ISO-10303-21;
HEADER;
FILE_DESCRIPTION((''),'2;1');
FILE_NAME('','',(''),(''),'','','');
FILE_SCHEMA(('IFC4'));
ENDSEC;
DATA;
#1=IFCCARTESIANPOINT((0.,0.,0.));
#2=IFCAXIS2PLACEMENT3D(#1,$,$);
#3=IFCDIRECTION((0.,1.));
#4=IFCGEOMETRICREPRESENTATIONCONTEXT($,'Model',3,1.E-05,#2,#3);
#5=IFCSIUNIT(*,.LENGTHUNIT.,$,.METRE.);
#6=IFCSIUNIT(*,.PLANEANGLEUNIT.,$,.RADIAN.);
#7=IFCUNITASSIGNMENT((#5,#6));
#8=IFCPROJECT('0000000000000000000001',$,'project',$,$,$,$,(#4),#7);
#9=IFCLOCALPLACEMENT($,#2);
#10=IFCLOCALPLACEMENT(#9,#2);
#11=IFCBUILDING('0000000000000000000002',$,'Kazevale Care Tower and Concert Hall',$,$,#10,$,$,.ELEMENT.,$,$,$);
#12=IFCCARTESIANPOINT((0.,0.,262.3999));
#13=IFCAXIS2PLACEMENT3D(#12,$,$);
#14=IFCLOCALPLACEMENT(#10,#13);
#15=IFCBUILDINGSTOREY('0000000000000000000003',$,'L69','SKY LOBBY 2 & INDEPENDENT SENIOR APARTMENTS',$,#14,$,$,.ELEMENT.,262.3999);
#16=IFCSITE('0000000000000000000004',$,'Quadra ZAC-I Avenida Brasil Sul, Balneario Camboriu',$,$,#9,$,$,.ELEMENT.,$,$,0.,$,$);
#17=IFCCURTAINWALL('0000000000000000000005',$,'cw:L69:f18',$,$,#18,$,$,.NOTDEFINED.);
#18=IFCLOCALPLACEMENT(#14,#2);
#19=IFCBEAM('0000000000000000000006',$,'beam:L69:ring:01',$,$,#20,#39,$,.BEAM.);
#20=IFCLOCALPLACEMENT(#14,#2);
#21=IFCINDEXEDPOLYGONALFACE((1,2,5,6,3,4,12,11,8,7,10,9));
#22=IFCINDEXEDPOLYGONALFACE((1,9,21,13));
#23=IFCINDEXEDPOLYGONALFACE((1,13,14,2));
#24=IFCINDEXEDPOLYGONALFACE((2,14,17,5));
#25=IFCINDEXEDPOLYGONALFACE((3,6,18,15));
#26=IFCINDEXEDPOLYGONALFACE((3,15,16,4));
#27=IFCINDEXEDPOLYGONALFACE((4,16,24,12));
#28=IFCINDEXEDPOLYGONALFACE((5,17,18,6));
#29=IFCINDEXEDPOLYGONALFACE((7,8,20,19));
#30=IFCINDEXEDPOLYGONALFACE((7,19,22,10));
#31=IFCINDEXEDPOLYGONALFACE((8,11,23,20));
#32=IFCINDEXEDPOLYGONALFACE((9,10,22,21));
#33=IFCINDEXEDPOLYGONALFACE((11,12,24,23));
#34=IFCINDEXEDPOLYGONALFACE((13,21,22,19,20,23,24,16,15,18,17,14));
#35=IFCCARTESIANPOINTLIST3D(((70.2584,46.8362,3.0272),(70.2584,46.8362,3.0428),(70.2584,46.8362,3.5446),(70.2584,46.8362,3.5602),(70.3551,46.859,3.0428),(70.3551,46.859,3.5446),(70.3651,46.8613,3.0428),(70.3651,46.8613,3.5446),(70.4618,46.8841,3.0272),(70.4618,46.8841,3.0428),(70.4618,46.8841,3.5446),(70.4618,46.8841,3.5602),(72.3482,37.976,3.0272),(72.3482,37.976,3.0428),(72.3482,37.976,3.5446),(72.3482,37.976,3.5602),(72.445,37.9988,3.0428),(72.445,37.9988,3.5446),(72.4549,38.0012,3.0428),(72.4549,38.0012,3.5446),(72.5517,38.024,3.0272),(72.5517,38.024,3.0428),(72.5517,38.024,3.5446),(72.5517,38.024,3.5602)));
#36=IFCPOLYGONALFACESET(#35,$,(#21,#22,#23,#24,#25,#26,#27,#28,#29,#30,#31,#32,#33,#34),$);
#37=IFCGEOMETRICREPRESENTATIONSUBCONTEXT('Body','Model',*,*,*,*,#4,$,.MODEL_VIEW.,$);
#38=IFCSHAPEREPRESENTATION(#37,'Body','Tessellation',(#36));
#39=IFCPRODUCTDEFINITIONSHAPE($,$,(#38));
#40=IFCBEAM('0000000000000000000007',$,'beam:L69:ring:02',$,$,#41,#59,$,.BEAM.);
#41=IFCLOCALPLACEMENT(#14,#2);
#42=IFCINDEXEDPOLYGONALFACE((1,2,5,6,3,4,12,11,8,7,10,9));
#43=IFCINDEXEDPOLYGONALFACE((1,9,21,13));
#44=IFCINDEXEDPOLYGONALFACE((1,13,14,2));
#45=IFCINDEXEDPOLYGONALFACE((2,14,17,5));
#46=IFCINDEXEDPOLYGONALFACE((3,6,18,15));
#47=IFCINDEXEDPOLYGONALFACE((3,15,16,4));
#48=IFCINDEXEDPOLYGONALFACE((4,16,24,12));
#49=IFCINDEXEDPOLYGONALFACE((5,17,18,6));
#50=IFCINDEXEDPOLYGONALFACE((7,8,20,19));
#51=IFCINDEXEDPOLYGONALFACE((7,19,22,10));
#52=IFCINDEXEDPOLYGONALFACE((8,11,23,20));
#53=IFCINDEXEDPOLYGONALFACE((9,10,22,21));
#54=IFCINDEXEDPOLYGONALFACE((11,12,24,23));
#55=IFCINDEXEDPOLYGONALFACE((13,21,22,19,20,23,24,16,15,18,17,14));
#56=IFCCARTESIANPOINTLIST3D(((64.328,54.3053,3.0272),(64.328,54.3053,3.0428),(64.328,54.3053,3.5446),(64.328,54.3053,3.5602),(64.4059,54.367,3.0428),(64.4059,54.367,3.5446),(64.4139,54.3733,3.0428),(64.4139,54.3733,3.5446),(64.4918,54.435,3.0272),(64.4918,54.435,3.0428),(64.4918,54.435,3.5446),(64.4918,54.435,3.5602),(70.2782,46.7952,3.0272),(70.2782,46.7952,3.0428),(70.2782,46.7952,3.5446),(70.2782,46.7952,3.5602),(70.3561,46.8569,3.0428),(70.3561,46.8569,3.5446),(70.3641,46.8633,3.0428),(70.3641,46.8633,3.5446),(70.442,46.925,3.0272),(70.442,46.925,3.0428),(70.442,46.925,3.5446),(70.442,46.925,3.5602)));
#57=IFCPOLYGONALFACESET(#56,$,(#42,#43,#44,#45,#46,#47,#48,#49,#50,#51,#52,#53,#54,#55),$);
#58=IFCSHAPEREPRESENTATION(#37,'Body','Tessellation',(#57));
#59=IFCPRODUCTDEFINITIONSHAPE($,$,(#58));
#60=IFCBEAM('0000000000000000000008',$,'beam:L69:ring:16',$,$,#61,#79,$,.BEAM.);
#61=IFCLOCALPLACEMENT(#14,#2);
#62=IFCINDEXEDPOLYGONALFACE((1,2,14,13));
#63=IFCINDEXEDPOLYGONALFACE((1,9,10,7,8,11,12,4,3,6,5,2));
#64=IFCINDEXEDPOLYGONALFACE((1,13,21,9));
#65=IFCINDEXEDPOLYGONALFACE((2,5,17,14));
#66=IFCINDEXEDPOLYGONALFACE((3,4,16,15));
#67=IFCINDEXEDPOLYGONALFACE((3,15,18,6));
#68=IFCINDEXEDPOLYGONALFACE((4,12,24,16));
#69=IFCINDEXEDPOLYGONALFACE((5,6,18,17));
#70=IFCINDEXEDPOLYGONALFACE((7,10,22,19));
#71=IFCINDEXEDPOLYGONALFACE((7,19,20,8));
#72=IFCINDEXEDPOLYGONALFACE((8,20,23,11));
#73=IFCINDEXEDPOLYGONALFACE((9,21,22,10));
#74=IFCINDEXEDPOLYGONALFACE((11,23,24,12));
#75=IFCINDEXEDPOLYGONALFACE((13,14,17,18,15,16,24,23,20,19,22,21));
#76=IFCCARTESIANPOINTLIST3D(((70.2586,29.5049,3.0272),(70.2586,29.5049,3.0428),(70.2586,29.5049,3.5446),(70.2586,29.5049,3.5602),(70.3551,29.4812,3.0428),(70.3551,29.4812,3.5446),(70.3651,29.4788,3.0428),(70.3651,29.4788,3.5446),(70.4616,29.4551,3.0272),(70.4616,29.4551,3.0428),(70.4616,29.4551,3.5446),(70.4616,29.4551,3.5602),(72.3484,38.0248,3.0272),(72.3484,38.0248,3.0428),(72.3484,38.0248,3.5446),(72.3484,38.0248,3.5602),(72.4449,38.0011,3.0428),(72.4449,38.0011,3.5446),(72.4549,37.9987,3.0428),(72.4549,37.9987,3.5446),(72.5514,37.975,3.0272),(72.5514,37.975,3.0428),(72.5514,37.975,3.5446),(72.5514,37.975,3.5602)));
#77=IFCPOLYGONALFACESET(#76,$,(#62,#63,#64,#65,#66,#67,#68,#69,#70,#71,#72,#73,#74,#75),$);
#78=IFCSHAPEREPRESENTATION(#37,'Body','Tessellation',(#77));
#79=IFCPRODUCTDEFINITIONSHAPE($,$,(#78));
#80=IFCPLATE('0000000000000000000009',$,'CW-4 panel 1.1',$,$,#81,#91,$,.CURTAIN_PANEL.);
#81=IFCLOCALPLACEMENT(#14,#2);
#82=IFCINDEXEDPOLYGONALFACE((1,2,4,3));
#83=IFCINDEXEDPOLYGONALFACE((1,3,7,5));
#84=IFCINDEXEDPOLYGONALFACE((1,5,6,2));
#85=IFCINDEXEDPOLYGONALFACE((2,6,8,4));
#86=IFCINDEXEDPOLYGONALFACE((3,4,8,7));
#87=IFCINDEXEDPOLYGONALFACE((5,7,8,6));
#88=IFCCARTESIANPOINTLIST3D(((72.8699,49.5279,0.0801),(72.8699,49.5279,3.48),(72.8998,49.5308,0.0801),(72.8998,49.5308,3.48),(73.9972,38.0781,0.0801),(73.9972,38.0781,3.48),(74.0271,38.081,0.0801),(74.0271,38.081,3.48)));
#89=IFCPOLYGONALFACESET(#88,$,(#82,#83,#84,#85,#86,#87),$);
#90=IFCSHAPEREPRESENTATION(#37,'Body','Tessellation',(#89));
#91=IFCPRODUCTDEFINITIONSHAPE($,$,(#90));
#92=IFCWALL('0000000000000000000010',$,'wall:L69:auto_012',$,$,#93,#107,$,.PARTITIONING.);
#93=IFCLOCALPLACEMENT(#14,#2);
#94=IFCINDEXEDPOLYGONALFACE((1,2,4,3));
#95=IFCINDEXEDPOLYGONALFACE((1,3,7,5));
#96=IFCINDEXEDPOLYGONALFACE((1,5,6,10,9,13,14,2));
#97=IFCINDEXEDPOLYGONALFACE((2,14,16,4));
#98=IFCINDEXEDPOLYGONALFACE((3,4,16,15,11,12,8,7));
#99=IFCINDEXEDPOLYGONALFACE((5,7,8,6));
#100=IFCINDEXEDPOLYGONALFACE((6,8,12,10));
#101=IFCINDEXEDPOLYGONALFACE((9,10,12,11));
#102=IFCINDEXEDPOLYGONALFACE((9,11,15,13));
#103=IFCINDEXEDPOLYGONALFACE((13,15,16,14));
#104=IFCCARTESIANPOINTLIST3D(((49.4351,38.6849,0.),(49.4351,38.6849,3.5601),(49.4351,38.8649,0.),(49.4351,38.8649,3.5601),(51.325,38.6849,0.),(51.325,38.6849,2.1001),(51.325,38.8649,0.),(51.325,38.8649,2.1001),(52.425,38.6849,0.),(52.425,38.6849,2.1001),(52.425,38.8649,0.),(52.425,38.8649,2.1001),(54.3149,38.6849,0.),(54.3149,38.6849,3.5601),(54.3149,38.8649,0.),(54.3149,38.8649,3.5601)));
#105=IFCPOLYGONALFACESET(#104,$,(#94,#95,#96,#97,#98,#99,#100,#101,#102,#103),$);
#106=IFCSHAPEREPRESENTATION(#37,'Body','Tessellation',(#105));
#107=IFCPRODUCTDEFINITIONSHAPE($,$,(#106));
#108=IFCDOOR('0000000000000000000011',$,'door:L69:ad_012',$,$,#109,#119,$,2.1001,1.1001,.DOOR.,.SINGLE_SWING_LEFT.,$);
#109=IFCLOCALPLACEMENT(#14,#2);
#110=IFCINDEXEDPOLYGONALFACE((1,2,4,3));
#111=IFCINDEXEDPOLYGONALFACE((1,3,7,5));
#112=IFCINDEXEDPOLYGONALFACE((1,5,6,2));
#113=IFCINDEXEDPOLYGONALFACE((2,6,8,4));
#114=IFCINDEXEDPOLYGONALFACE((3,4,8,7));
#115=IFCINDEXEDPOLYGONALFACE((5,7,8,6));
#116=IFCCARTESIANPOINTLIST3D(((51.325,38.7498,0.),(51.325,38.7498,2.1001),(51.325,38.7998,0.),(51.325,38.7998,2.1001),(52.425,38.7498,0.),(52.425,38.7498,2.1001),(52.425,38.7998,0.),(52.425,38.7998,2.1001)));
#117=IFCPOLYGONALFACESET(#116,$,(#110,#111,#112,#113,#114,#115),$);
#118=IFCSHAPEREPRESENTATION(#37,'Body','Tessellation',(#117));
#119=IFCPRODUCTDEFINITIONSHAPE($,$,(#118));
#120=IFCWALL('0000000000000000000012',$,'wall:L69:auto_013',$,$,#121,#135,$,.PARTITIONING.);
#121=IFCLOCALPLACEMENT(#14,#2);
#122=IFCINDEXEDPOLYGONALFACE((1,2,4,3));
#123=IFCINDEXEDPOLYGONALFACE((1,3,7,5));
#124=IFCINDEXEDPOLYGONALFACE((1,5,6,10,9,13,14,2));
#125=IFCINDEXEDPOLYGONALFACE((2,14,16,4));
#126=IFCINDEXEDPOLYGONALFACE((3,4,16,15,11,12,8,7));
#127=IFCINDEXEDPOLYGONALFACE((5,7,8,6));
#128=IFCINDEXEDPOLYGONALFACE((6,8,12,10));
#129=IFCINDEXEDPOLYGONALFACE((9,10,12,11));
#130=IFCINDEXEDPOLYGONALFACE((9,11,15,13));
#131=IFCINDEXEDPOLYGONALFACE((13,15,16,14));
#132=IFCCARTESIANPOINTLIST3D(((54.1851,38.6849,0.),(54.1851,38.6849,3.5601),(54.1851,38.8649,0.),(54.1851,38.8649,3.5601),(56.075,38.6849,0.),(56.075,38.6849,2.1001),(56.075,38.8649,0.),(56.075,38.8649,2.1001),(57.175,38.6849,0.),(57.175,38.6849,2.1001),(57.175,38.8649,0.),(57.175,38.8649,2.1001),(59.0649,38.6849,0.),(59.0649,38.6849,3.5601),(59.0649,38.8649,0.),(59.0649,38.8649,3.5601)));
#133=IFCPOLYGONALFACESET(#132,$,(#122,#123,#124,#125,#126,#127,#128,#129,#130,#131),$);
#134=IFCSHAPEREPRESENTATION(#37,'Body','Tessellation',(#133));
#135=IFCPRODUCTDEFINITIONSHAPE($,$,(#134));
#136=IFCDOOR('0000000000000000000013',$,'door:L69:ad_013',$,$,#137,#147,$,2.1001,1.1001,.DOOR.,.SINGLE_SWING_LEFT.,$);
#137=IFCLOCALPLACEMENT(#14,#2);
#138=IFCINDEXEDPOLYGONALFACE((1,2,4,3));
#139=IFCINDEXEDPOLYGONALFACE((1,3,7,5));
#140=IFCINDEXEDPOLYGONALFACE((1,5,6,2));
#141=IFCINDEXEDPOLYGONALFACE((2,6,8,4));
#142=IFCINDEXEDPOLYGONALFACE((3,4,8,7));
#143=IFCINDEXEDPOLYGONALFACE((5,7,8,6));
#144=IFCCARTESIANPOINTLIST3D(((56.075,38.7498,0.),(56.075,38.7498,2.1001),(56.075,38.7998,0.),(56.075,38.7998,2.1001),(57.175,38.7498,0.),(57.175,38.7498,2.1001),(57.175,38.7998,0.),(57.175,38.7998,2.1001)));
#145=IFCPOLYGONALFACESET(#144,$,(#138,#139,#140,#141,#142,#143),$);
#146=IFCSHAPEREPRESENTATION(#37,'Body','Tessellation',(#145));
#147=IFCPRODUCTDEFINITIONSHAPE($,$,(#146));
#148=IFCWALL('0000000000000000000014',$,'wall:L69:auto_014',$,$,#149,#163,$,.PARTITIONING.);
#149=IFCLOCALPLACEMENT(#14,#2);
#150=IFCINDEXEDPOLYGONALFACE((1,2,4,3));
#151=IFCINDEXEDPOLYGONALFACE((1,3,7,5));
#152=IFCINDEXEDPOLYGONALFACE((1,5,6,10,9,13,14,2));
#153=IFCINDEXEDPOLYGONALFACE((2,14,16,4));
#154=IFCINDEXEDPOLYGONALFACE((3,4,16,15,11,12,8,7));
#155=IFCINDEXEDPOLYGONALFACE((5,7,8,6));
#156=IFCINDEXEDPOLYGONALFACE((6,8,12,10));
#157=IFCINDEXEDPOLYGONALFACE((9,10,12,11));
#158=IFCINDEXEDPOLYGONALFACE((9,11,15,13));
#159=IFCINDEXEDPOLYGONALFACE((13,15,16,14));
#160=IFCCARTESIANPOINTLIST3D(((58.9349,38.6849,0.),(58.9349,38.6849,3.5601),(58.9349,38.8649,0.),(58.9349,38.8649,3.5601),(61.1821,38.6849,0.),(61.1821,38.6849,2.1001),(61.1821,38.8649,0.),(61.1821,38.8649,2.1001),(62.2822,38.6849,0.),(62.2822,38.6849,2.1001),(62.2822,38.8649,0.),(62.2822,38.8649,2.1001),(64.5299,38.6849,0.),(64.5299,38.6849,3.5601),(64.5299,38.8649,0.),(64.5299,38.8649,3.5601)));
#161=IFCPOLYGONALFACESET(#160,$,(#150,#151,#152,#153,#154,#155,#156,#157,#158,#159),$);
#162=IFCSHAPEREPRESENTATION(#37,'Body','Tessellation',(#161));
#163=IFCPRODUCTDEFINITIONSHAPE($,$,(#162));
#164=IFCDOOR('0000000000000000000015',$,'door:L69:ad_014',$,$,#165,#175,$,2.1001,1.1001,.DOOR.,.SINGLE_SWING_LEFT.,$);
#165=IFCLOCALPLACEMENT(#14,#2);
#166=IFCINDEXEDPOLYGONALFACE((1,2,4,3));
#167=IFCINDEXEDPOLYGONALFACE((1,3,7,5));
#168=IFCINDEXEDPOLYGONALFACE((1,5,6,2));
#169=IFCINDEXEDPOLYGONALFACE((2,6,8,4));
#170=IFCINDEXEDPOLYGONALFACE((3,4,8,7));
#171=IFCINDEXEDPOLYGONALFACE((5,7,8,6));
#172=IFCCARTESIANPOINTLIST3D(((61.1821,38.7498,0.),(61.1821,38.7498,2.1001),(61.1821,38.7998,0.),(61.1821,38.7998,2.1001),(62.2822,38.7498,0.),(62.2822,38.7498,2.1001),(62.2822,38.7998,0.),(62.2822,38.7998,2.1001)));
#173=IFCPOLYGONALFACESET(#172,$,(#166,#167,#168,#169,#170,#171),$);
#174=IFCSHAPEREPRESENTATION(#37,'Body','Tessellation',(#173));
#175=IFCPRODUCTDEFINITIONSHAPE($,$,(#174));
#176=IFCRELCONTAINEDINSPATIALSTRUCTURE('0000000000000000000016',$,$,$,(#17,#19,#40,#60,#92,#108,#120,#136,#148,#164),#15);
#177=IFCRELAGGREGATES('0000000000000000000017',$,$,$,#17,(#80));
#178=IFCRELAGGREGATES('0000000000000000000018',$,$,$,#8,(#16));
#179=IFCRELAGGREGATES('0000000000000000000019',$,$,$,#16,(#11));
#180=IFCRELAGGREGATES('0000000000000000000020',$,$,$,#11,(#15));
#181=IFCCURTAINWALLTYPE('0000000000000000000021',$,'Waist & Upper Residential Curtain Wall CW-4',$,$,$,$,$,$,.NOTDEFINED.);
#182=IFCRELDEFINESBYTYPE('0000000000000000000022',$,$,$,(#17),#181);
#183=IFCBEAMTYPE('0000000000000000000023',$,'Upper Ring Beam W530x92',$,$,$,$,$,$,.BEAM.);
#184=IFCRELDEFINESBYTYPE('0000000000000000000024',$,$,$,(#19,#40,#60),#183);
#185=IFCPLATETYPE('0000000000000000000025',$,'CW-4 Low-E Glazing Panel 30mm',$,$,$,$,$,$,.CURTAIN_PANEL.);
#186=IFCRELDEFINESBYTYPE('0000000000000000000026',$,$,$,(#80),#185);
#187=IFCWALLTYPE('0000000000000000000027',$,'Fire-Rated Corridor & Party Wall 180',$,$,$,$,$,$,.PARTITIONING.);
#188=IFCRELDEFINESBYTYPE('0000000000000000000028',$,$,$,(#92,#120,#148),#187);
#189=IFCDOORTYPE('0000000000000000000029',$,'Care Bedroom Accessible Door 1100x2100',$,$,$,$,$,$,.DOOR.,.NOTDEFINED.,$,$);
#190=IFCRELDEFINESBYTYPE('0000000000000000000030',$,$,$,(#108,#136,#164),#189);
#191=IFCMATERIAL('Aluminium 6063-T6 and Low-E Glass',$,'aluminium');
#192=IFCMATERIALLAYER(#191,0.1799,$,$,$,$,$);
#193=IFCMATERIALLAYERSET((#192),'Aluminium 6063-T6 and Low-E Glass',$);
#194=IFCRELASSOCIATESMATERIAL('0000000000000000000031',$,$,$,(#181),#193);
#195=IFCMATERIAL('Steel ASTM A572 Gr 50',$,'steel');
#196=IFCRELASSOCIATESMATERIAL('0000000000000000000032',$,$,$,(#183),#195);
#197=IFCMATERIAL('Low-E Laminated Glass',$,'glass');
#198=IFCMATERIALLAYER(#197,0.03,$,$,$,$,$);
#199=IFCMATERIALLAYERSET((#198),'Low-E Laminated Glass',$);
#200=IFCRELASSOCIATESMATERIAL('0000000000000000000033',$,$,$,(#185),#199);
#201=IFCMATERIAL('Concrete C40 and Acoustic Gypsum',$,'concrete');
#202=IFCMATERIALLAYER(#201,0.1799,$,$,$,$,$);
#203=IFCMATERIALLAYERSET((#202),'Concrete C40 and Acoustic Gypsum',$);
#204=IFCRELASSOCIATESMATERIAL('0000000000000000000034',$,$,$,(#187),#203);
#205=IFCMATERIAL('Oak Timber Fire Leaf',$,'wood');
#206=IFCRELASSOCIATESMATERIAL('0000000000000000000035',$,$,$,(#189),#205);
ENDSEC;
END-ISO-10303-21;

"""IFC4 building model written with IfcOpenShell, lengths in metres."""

from ifc_helpers import new_model, si_unit, direction, frame, frame_2d, origin, origin_2d, place, context, subcontext, project, spatial, rectangle, i_section, extrude, material, layer, layer_set, material_profile, profile_set, type_object, element, fill, aggregate, save


model = new_model("IFC4")

# Units and contexts
model_context = context("Model", 3, precision=1e-05, world=origin(), true_north=direction((0.0, 1.0)))
body_context = subcontext(model_context, "Body", "Model", "MODEL_VIEW")
ifc_project = project(units=[si_unit("LENGTHUNIT", "METRE"), si_unit("PLANEANGLEUNIT", "RADIAN")], contexts=[model_context])

# Site, building, storey
site_placement = place(None, origin())
site = spatial("IfcSite", under=ifc_project, at=site_placement, Name="Quadra ZAC-I Avenida Brasil Sul, Balneario Camboriu", CompositionType="ELEMENT", RefElevation=0.0)
building_placement = place(site_placement, origin())
building = spatial("IfcBuilding", under=site, at=building_placement, Name="Kazevale Care Tower and Concert Hall", CompositionType="ELEMENT")
storey_placement = place(building_placement, frame((0.0, 0.0, 262.3999)))
storey = spatial("IfcBuildingStorey", under=building, at=storey_placement, Name="L69", Description="SKY LOBBY 2 & INDEPENDENT SENIOR APARTMENTS", CompositionType="ELEMENT", Elevation=262.3999)

# Curtain wall
ifc_material_1 = material(Name="Aluminium 6063-T6 and Low-E Glass", Category="aluminium")
ifc_layer_1 = layer(ifc_material_1, 0.1799)
ifc_layer_set_1 = layer_set([ifc_layer_1], Name="Aluminium 6063-T6 and Low-E Glass")
curtain_wall_type = type_object("IfcCurtainWallType", Name="Waist & Upper Residential Curtain Wall CW-4", PredefinedType="NOTDEFINED", material=ifc_layer_set_1)
curtain_wall_placement = place(storey_placement, origin())
curtain_wall = element("IfcCurtainWall", 1, at=curtain_wall_placement, inside=storey, type_object=curtain_wall_type, Name="cw:L69:f18", PredefinedType="NOTDEFINED")

# Beams
ifc_material_2 = material(Name="Steel ASTM A572 Gr 50", Category="steel")
ifc_material_profile_1 = material_profile(ifc_material_2, i_section(OverallWidth=0.209, OverallDepth=0.533, WebThickness=0.0103, FlangeThickness=0.0156, at=origin_2d()), Name="W530x92")
ifc_profile_set_1 = profile_set([ifc_material_profile_1], Name="Steel ASTM A572 Gr 50")
beam_type_1 = type_object("IfcBeamType", Name="Upper Ring Beam W530x92", PredefinedType="BEAM", material=ifc_profile_set_1)
beam_1_placement = place(storey_placement, frame((72.45, 38.0, 3.2937), z_axis=(-0.229571, 0.973292, 0.0), x_axis=(-0.973292, -0.229571, 0.0)))
element("IfcBeam", 2, at=beam_1_placement, inside=storey, type_object=beam_type_1, Name="beam:L69:ring:01", PredefinedType="BEAM", context=body_context, shape_type="SweptSolid", body=[
    extrude(i_section(OverallWidth=0.209, OverallDepth=0.533, WebThickness=0.0103, FlangeThickness=0.0156, at=origin_2d()), origin(), (0.0, 0.0, 1.0), 9.1033),
])
beam_2_placement = place(storey_placement, frame((70.3601, 46.8601, 3.2937), z_axis=(-0.621009, 0.783803, 0.0), x_axis=(-0.783803, -0.621009, 0.0)))
element("IfcBeam", 3, at=beam_2_placement, inside=storey, type_object=beam_type_1, Name="beam:L69:ring:02", PredefinedType="BEAM", context=body_context, shape_type="SweptSolid", body=[
    extrude(i_section(OverallWidth=0.209, OverallDepth=0.533, WebThickness=0.0103, FlangeThickness=0.0156, at=origin_2d()), origin(), (0.0, 0.0, 1.0), 9.5815),
])
beam_3_placement = place(storey_placement, frame((70.3601, 29.48, 3.2937), z_axis=(0.238224, 0.97121, 0.0), x_axis=(-0.97121, 0.238224, 0.0)))
element("IfcBeam", 4, at=beam_3_placement, inside=storey, type_object=beam_type_1, Name="beam:L69:ring:16", PredefinedType="BEAM", context=body_context, shape_type="SweptSolid", body=[
    extrude(i_section(OverallWidth=0.209, OverallDepth=0.533, WebThickness=0.0103, FlangeThickness=0.0156, at=origin_2d()), origin(), (0.0, 0.0, 1.0), 8.7725),
])

# Plate
ifc_material_3 = material(Name="Low-E Laminated Glass", Category="glass")
ifc_layer_2 = layer(ifc_material_3, 0.03)
ifc_layer_set_2 = layer_set([ifc_layer_2], Name="Low-E Laminated Glass")
plate_type = type_object("IfcPlateType", Name="CW-4 Low-E Glazing Panel 30mm", PredefinedType="CURTAIN_PANEL", material=ifc_layer_set_2)
plate_placement = place(storey_placement, frame((73.4485, 43.8044, 0.0801), z_axis=(0.0, 0.0, 1.0), x_axis=(0.097984, -0.995188, 0.0)))
plate = element("IfcPlate", 5, at=plate_placement, type_object=plate_type, Name="CW-4 panel 1.1", PredefinedType="CURTAIN_PANEL", context=body_context, shape_type="SweptSolid", body=[
    extrude(rectangle(XDim=11.5051, YDim=0.03, at=origin_2d()), origin(), (0.0, 0.0, 1.0), 3.3999),
])
aggregate(curtain_wall, [plate])

# Walls, openings, doors
ifc_material_4 = material(Name="Concrete C40 and Acoustic Gypsum", Category="concrete")
ifc_layer_3 = layer(ifc_material_4, 0.1799)
ifc_layer_set_3 = layer_set([ifc_layer_3], Name="Concrete C40 and Acoustic Gypsum")
wall_type_1 = type_object("IfcWallType", Name="Fire-Rated Corridor & Party Wall 180", PredefinedType="PARTITIONING", material=ifc_layer_set_3)
wall_1_placement = place(storey_placement, frame((49.4351, 38.7749, 0.0), z_axis=(0.0, 0.0, 1.0), x_axis=(1.0, 0.0, 0.0)))
wall_1 = element("IfcWall", 6, at=wall_1_placement, inside=storey, type_object=wall_type_1, Name="wall:L69:auto_012", PredefinedType="PARTITIONING", context=body_context, shape_type="SweptSolid", body=[
    extrude(rectangle(XDim=4.8799, YDim=0.1799, at=frame_2d((2.4399, 0.0))), origin(), (0.0, 0.0, 1.0), 3.5601),
])
opening_1_placement = place(wall_1_placement, frame((1.8899, 0.0, 0.0)))
opening_1 = element("IfcOpeningElement", 7, at=opening_1_placement, cuts=wall_1, PredefinedType="OPENING", context=body_context, shape_type="SweptSolid", body=[
    extrude(rectangle(XDim=1.1001, YDim=2.1001, at=frame_2d((0.55, 1.05))), frame((0.0, 0.0999, 0.0), z_axis=(0.0, -1.0, 0.0), x_axis=(1.0, 0.0, 0.0)), (0.0, 0.0, 1.0), 0.2),
])
ifc_material_5 = material(Name="Oak Timber Fire Leaf", Category="wood")
door_type = type_object("IfcDoorType", Name="Care Bedroom Accessible Door 1100x2100", OperationType="NOTDEFINED", PredefinedType="DOOR", material=ifc_material_5)
door_1_placement = place(opening_1_placement, origin())
door_1 = element("IfcDoor", 8, at=door_1_placement, inside=storey, type_object=door_type, Name="door:L69:ad_012", OperationType="SINGLE_SWING_LEFT", OverallHeight=2.1001, OverallWidth=1.1001, PredefinedType="DOOR", context=body_context, shape_type="SweptSolid", body=[
    extrude(rectangle(XDim=1.1001, YDim=2.1001, at=frame_2d((0.55, 1.05))), frame((0.0, 0.0249, 0.0), z_axis=(0.0, -1.0, 0.0), x_axis=(1.0, 0.0, 0.0)), (0.0, 0.0, 1.0), 0.05),
])
fill(opening_1, door_1)
wall_2_placement = place(storey_placement, frame((54.1851, 38.7749, 0.0), z_axis=(0.0, 0.0, 1.0), x_axis=(1.0, 0.0, 0.0)))
wall_2 = element("IfcWall", 9, at=wall_2_placement, inside=storey, type_object=wall_type_1, Name="wall:L69:auto_013", PredefinedType="PARTITIONING", context=body_context, shape_type="SweptSolid", body=[
    extrude(rectangle(XDim=4.8799, YDim=0.1799, at=frame_2d((2.4399, 0.0))), origin(), (0.0, 0.0, 1.0), 3.5601),
])
opening_2_placement = place(wall_2_placement, frame((1.8899, 0.0, 0.0)))
opening_2 = element("IfcOpeningElement", 10, at=opening_2_placement, cuts=wall_2, PredefinedType="OPENING", context=body_context, shape_type="SweptSolid", body=[
    extrude(rectangle(XDim=1.1001, YDim=2.1001, at=frame_2d((0.55, 1.05))), frame((0.0, 0.0999, 0.0), z_axis=(0.0, -1.0, 0.0), x_axis=(1.0, 0.0, 0.0)), (0.0, 0.0, 1.0), 0.2),
])
door_2_placement = place(opening_2_placement, origin())
door_2 = element("IfcDoor", 11, at=door_2_placement, inside=storey, type_object=door_type, Name="door:L69:ad_013", OperationType="SINGLE_SWING_LEFT", OverallHeight=2.1001, OverallWidth=1.1001, PredefinedType="DOOR", context=body_context, shape_type="SweptSolid", body=[
    extrude(rectangle(XDim=1.1001, YDim=2.1001, at=frame_2d((0.55, 1.05))), frame((0.0, 0.0249, 0.0), z_axis=(0.0, -1.0, 0.0), x_axis=(1.0, 0.0, 0.0)), (0.0, 0.0, 1.0), 0.05),
])
fill(opening_2, door_2)
wall_3_placement = place(storey_placement, frame((58.9351, 38.7749, 0.0), z_axis=(0.0, 0.0, 1.0), x_axis=(1.0, 0.0, 0.0)))
wall_3 = element("IfcWall", 12, at=wall_3_placement, inside=storey, type_object=wall_type_1, Name="wall:L69:auto_014", PredefinedType="PARTITIONING", context=body_context, shape_type="SweptSolid", body=[
    extrude(rectangle(XDim=5.595, YDim=0.1799, at=frame_2d((2.7974, 0.0))), origin(), (0.0, 0.0, 1.0), 3.5601),
])
opening_3_placement = place(wall_3_placement, frame((2.2471, 0.0, 0.0)))
opening_3 = element("IfcOpeningElement", 13, at=opening_3_placement, cuts=wall_3, PredefinedType="OPENING", context=body_context, shape_type="SweptSolid", body=[
    extrude(rectangle(XDim=1.1001, YDim=2.1001, at=frame_2d((0.55, 1.05))), frame((0.0, 0.0999, 0.0), z_axis=(0.0, -1.0, 0.0), x_axis=(1.0, 0.0, 0.0)), (0.0, 0.0, 1.0), 0.2),
])
door_3_placement = place(opening_3_placement, origin())
door_3 = element("IfcDoor", 14, at=door_3_placement, inside=storey, type_object=door_type, Name="door:L69:ad_014", OperationType="SINGLE_SWING_LEFT", OverallHeight=2.1001, OverallWidth=1.1001, PredefinedType="DOOR", context=body_context, shape_type="SweptSolid", body=[
    extrude(rectangle(XDim=1.1001, YDim=2.1001, at=frame_2d((0.55, 1.05))), frame((0.0, 0.0249, 0.0), z_axis=(0.0, -1.0, 0.0), x_axis=(1.0, 0.0, 0.0)), (0.0, 0.0, 1.0), 0.05),
])
fill(opening_3, door_3)

save(model, "model.ifc")
